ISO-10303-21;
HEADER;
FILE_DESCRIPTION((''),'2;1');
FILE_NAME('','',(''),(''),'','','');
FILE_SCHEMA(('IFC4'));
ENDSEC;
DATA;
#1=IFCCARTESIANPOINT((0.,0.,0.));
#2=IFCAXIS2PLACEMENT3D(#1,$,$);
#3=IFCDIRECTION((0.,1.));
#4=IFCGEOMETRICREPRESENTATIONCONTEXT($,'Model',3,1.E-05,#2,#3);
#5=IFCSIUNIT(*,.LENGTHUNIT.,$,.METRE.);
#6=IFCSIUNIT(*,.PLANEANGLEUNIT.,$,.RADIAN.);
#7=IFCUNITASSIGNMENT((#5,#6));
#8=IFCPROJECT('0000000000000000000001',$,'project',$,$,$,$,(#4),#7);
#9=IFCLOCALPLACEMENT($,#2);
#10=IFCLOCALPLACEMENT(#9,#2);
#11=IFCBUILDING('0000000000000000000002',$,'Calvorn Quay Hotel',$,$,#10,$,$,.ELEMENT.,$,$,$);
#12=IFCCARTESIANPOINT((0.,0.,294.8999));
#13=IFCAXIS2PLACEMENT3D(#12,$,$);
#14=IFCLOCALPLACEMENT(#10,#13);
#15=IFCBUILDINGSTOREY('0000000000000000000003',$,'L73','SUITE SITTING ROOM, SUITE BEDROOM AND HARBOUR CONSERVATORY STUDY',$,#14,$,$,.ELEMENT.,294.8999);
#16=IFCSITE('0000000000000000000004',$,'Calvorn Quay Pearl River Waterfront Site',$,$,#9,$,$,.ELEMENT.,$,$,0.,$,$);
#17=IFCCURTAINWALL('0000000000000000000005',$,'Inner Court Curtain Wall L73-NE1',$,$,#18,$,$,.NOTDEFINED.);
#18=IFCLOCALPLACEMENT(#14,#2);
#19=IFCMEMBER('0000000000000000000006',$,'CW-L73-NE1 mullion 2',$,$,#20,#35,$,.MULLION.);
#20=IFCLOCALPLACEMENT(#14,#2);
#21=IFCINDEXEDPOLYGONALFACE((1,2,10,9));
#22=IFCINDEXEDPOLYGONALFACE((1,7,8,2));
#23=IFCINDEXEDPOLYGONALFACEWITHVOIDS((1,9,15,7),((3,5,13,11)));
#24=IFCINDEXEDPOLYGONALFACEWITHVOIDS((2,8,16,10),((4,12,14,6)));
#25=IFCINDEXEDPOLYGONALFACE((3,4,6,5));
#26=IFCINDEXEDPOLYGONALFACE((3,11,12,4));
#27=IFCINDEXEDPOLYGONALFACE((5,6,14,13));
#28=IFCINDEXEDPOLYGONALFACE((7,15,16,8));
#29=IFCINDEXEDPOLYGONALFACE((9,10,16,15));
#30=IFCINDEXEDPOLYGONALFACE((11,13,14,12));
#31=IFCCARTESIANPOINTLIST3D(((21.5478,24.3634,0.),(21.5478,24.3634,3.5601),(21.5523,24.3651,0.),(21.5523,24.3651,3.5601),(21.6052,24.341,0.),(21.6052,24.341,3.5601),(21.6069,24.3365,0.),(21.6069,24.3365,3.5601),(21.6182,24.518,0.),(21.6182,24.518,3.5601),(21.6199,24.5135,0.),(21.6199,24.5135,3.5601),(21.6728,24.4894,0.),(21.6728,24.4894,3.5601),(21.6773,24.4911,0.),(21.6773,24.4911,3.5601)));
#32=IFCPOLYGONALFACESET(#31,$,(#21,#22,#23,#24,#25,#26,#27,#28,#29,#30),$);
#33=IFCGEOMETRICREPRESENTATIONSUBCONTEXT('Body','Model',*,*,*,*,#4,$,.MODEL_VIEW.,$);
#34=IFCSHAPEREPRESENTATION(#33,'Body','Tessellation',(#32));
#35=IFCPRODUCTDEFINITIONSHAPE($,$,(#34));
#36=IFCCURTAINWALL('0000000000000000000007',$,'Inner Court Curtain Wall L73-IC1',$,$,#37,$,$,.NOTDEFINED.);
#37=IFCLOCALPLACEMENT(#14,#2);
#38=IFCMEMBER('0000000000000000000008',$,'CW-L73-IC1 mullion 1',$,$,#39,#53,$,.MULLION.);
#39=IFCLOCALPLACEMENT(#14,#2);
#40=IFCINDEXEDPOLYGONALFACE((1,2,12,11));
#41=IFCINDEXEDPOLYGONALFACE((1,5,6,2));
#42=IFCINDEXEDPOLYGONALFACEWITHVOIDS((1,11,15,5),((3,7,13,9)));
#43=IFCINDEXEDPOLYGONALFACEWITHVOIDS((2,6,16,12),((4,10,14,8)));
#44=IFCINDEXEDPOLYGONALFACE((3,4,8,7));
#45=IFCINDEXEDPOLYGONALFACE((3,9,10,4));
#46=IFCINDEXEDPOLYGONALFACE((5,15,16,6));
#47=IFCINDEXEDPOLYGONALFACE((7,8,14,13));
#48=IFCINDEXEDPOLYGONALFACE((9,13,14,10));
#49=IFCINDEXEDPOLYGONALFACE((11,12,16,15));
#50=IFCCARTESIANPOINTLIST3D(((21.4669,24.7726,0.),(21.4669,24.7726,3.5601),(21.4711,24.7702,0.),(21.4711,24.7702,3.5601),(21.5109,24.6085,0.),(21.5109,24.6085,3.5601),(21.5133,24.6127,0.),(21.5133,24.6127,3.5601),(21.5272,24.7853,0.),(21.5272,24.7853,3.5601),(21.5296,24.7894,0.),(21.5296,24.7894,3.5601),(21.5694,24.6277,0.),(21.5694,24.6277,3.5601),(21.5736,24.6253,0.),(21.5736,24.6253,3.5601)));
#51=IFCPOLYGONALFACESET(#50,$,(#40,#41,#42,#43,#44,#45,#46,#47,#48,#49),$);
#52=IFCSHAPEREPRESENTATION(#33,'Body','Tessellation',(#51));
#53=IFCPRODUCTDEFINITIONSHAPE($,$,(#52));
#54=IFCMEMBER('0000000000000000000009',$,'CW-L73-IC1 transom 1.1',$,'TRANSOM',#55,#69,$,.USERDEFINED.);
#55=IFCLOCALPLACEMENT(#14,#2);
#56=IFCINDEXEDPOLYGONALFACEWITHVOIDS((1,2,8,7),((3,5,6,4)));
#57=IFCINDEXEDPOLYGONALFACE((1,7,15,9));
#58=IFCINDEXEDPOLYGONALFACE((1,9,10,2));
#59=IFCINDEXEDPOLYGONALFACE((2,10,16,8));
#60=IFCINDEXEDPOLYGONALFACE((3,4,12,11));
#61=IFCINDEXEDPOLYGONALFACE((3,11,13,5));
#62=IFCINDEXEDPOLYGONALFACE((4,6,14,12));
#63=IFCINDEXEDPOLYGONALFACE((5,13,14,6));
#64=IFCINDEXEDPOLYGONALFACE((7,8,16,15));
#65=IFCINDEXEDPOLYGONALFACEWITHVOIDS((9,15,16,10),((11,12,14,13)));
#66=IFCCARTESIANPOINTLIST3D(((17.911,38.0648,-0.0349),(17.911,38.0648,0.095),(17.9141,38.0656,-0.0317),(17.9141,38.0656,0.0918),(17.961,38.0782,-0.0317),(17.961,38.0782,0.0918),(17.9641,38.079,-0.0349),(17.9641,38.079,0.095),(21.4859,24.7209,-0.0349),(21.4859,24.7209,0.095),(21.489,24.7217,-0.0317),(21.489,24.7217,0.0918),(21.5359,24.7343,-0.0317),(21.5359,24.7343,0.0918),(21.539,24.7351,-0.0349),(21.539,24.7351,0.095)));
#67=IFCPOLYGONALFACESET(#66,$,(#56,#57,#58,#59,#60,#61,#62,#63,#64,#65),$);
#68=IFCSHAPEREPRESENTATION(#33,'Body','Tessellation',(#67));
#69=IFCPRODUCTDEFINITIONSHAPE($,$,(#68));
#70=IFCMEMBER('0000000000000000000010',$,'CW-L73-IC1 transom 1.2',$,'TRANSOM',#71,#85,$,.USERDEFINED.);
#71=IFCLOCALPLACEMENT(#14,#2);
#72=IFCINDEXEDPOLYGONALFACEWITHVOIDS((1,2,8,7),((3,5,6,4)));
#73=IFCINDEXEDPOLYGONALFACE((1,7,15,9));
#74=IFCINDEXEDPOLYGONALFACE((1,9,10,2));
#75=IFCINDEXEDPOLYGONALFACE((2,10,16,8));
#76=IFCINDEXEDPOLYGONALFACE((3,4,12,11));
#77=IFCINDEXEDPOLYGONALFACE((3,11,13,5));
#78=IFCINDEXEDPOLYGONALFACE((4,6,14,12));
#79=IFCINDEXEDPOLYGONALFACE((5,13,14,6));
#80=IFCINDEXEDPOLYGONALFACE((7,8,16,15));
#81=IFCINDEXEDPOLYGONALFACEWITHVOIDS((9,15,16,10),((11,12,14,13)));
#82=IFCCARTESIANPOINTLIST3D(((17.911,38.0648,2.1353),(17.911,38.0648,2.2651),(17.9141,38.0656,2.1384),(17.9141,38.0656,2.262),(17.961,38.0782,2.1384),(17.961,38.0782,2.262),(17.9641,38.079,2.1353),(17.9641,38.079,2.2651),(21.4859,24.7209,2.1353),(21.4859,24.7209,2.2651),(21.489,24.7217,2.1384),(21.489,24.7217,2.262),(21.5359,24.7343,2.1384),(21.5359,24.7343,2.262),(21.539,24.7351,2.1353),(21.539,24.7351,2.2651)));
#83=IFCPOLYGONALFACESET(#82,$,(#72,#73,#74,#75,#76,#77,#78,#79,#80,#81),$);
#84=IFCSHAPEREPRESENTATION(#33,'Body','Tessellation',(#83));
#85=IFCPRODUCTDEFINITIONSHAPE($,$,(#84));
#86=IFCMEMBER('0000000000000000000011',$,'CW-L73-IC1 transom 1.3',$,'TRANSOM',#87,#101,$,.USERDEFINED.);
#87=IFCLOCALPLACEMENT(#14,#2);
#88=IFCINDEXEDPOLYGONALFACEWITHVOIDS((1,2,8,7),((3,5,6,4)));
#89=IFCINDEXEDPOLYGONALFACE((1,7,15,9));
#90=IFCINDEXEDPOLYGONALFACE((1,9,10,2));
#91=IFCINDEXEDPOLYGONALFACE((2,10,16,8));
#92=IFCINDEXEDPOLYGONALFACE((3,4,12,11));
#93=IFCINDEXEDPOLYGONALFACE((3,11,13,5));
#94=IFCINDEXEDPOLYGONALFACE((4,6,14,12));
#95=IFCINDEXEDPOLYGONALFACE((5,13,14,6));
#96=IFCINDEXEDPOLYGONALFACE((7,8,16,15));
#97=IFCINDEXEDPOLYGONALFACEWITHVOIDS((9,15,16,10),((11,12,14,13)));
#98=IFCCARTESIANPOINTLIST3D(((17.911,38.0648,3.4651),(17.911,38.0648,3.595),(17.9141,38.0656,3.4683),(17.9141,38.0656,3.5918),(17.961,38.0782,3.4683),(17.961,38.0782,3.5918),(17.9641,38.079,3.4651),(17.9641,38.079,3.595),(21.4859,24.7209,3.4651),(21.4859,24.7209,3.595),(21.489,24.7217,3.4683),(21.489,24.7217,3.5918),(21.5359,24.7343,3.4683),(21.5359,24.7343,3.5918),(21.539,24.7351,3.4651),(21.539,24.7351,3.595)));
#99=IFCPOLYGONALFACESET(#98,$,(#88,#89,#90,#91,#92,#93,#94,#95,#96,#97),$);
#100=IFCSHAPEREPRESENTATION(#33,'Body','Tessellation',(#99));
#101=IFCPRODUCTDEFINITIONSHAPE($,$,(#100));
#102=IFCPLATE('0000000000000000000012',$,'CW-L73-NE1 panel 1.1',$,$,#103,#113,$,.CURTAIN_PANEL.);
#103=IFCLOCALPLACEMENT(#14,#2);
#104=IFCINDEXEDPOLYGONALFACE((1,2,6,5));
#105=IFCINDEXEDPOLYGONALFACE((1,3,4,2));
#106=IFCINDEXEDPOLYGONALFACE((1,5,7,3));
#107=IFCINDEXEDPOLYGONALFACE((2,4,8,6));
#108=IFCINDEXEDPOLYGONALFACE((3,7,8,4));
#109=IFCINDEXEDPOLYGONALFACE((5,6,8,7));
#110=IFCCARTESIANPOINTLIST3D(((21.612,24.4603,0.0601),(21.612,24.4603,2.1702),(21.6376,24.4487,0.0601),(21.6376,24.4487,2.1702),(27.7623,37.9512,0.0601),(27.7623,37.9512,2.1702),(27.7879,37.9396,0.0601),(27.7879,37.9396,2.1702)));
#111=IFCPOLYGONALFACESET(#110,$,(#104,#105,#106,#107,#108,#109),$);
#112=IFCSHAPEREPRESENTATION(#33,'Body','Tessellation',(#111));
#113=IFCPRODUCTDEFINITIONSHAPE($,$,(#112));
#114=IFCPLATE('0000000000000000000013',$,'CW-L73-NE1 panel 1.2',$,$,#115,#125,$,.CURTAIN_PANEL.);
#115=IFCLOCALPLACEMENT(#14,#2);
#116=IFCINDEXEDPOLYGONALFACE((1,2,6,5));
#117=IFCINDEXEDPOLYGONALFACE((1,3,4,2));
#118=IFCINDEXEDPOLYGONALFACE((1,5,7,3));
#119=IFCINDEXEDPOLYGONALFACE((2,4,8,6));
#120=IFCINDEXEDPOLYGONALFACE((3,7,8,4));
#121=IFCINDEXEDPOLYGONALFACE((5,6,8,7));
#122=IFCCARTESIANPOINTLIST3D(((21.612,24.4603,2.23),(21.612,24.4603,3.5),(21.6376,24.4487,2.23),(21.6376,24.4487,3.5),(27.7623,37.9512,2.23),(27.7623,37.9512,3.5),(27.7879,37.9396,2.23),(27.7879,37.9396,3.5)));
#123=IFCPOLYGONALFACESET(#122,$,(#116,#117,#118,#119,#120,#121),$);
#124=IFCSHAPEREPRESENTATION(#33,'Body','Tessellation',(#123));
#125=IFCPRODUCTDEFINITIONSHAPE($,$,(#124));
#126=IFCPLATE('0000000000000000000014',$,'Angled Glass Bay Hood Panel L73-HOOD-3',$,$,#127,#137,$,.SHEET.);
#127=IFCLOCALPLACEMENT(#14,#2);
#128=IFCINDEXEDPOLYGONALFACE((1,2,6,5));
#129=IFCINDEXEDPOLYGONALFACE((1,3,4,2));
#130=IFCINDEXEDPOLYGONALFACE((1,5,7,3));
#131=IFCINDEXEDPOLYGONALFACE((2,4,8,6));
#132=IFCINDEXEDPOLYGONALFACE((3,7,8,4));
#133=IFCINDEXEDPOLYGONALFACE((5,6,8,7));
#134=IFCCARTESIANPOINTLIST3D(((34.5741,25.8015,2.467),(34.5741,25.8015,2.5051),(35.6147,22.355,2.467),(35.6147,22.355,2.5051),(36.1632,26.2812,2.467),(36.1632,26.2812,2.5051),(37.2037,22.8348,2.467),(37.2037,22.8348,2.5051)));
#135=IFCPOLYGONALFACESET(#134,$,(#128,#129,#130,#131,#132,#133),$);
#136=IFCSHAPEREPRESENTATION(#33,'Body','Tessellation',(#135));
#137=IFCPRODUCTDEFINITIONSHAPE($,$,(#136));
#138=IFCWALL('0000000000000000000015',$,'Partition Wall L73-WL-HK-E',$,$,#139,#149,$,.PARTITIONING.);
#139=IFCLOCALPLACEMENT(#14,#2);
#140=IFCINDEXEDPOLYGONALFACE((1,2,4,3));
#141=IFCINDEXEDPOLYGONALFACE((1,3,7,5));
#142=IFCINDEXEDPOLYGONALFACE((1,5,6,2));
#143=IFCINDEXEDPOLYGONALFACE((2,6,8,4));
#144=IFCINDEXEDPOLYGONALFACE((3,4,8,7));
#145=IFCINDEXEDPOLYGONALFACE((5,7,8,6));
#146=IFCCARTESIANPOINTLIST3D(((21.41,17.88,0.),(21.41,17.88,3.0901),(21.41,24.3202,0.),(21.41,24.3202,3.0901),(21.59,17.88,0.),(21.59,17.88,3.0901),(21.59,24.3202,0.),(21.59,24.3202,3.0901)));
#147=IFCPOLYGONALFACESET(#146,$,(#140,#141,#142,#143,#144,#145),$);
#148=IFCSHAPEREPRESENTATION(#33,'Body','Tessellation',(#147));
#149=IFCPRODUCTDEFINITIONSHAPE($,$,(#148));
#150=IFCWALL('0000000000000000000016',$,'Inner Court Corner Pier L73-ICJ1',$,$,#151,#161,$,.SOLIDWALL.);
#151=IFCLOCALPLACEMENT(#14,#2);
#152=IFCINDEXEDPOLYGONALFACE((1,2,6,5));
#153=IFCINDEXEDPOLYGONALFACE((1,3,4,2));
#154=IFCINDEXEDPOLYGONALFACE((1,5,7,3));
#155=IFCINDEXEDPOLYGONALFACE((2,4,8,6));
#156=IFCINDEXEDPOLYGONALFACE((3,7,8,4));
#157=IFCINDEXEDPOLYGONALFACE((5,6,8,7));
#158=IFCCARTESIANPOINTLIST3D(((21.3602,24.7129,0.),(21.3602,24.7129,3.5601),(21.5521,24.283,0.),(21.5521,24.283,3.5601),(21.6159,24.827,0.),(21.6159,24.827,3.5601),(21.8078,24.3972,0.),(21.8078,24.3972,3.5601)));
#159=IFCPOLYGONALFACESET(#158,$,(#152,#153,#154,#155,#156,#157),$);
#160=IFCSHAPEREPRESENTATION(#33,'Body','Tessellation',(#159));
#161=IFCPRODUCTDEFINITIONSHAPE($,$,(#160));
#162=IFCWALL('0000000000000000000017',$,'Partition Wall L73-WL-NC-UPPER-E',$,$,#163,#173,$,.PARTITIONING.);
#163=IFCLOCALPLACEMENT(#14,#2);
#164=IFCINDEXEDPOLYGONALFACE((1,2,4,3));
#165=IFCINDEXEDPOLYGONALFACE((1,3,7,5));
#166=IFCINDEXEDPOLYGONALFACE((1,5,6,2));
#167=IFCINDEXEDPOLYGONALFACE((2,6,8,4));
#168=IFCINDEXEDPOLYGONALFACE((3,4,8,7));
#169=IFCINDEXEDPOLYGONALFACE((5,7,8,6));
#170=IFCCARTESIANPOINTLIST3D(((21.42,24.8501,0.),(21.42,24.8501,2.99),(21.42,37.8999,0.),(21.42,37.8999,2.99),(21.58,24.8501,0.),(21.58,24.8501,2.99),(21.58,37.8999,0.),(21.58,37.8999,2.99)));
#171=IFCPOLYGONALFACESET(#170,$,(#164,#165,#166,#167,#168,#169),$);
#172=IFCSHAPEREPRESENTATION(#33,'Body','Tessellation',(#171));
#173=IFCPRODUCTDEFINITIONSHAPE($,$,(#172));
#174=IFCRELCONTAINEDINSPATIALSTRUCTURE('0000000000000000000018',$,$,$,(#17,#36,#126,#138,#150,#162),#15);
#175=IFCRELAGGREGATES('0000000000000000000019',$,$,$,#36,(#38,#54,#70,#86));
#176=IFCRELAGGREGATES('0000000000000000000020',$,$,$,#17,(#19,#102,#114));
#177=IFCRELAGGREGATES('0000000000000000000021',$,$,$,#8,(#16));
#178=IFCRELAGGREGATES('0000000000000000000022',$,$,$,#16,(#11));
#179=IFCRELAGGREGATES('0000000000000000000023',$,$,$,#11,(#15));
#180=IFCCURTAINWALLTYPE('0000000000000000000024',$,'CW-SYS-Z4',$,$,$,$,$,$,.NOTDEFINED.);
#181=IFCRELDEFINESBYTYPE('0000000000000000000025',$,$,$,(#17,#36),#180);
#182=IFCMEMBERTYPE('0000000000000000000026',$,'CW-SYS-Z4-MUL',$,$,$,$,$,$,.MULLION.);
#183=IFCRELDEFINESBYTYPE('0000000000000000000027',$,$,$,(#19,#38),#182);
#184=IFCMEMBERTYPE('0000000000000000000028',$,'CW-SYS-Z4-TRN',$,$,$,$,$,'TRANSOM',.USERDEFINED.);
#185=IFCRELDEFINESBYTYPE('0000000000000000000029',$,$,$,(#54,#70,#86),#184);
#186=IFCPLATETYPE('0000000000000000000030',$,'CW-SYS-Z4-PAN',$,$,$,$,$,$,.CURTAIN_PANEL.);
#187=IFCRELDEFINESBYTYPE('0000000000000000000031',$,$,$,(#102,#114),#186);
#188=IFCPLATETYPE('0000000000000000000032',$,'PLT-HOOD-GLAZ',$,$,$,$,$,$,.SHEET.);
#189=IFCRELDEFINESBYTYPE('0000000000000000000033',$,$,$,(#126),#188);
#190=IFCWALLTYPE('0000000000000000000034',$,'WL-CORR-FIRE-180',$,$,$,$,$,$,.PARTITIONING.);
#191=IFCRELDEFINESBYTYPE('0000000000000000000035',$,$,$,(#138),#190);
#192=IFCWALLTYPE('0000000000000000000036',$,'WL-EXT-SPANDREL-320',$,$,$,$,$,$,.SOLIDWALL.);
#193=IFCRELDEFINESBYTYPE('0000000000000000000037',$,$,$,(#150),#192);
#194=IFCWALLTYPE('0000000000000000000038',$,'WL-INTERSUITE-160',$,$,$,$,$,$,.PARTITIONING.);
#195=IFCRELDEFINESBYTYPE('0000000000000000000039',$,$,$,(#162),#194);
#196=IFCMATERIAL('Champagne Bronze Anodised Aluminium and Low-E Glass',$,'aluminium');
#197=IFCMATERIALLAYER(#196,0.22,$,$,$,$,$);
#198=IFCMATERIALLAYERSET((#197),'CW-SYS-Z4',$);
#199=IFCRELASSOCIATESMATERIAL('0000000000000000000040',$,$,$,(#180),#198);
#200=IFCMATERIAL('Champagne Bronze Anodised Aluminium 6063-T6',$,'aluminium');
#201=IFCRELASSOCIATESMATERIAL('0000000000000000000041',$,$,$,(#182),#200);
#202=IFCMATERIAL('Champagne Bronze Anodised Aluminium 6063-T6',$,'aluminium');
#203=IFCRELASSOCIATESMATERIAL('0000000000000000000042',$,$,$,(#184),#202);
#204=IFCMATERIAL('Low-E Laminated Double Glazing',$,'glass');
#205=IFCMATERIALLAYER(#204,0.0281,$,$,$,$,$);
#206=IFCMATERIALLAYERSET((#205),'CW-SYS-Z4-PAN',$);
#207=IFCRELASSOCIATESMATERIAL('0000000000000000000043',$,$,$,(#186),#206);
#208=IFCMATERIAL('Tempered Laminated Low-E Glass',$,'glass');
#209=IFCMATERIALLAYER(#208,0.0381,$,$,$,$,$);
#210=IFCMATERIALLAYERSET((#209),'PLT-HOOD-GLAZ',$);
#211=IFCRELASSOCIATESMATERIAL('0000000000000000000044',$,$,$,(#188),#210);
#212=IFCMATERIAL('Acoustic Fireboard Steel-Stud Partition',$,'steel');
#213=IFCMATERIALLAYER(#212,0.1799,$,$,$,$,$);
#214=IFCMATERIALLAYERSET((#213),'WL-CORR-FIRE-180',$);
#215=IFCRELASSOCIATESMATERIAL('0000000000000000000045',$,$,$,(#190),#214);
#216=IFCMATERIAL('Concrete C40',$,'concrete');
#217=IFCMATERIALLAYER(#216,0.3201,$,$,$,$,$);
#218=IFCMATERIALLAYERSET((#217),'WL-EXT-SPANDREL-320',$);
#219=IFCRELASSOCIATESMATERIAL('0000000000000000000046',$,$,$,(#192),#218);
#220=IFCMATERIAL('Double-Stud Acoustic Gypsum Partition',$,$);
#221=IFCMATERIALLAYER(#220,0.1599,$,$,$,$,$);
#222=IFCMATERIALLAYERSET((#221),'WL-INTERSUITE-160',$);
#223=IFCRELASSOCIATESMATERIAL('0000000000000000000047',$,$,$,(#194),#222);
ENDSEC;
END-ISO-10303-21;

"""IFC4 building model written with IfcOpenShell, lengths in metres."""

from ifc_helpers import new_model, si_unit, direction, frame, frame_2d, origin, origin_2d, place, context, subcontext, project, spatial, rectangle, hollow_rectangle, extrude, material, layer, layer_set, material_profile, profile_set, type_object, element, aggregate, save


model = new_model("IFC4")

# Units and contexts
model_context = context("Model", 3, precision=1e-05, world=origin(), true_north=direction((0.0, 1.0)))
body_context = subcontext(model_context, "Body", "Model", "MODEL_VIEW")
ifc_project = project(units=[si_unit("LENGTHUNIT", "METRE"), si_unit("PLANEANGLEUNIT", "RADIAN")], contexts=[model_context])

# Site, building, storey
site_placement = place(None, origin())
site = spatial("IfcSite", under=ifc_project, at=site_placement, Name="Calvorn Quay Pearl River Waterfront Site", CompositionType="ELEMENT", RefElevation=0.0)
building_placement = place(site_placement, origin())
building = spatial("IfcBuilding", under=site, at=building_placement, Name="Calvorn Quay Hotel", CompositionType="ELEMENT")
storey_placement = place(building_placement, frame((0.0, 0.0, 294.8999)))
storey = spatial("IfcBuildingStorey", under=building, at=storey_placement, Name="L73", Description="SUITE SITTING ROOM, SUITE BEDROOM AND HARBOUR CONSERVATORY STUDY", CompositionType="ELEMENT", Elevation=294.8999)

# Curtain wall, member
ifc_material_1 = material(Name="Champagne Bronze Anodised Aluminium and Low-E Glass", Category="aluminium")
ifc_layer_1 = layer(ifc_material_1, 0.22)
ifc_layer_set_1 = layer_set([ifc_layer_1], Name="CW-SYS-Z4")
curtain_wall_type = type_object("IfcCurtainWallType", Name="CW-SYS-Z4", PredefinedType="NOTDEFINED", material=ifc_layer_set_1)
curtain_wall_1_placement = place(storey_placement, origin())
curtain_wall_1 = element("IfcCurtainWall", 1, at=curtain_wall_1_placement, inside=storey, type_object=curtain_wall_type, Name="Inner Court Curtain Wall L73-NE1", PredefinedType="NOTDEFINED")
ifc_material_2 = material(Name="Champagne Bronze Anodised Aluminium 6063-T6", Category="aluminium")
ifc_material_profile_1 = material_profile(ifc_material_2, hollow_rectangle(XDim=0.0649, YDim=0.1699, WallThickness=0.0034, at=origin_2d()), Name="ALU-M170x65x3.5")
ifc_profile_set_1 = profile_set([ifc_material_profile_1], Name="Champagne Bronze Anodised Aluminium 6063-T6")
member_type_1 = type_object("IfcMemberType", Name="CW-SYS-Z4-MUL", PredefinedType="MULLION", material=ifc_profile_set_1)
member_1_placement = place(storey_placement, frame((21.6125, 24.4272, 0.0), z_axis=(0.0, 0.0, 1.0), x_axis=(0.909908, -0.414811, 0.0)))
member_1 = element("IfcMember", 2, at=member_1_placement, type_object=member_type_1, Name="CW-L73-NE1 mullion 2", PredefinedType="MULLION", context=body_context, shape_type="SweptSolid", body=[
    extrude(hollow_rectangle(XDim=0.0649, YDim=0.1699, WallThickness=0.0034, at=origin_2d()), origin(), (0.0, 0.0, 1.0), 3.5601),
])

# Curtain wall, members
curtain_wall_2_placement = place(storey_placement, origin())
curtain_wall_2 = element("IfcCurtainWall", 3, at=curtain_wall_2_placement, inside=storey, type_object=curtain_wall_type, Name="Inner Court Curtain Wall L73-IC1", PredefinedType="NOTDEFINED")
member_2_placement = place(storey_placement, frame((21.5203, 24.699, 0.0), z_axis=(0.0, 0.0, 1.0), x_axis=(-0.965937, -0.258779, 0.0)))
member_2 = element("IfcMember", 4, at=member_2_placement, type_object=member_type_1, Name="CW-L73-IC1 mullion 1", PredefinedType="MULLION", context=body_context, shape_type="SweptSolid", body=[
    extrude(hollow_rectangle(XDim=0.0649, YDim=0.1699, WallThickness=0.0034, at=origin_2d()), origin(), (0.0, 0.0, 1.0), 3.5601),
])
ifc_material_3 = material(Name="Champagne Bronze Anodised Aluminium 6063-T6", Category="aluminium")
ifc_material_profile_2 = material_profile(ifc_material_3, hollow_rectangle(XDim=0.0549, YDim=0.1299, WallThickness=0.0032, at=origin_2d()), Name="ALU-T130x55x3.2")
ifc_profile_set_2 = profile_set([ifc_material_profile_2], Name="Champagne Bronze Anodised Aluminium 6063-T6")
member_type_2 = type_object("IfcMemberType", Name="CW-SYS-Z4-TRN", ElementType="TRANSOM", PredefinedType="USERDEFINED", material=ifc_profile_set_2)
member_3_placement = place(storey_placement, frame((21.5125, 24.728, 0.03), z_axis=(-0.258781, 0.965936, 0.0), x_axis=(-0.965936, -0.258781, 0.0)))
member_3 = element("IfcMember", 5, at=member_3_placement, type_object=member_type_2, Name="CW-L73-IC1 transom 1.1", ObjectType="TRANSOM", PredefinedType="USERDEFINED", context=body_context, shape_type="SweptSolid", body=[
    extrude(hollow_rectangle(XDim=0.0549, YDim=0.1299, WallThickness=0.0032, at=origin_2d()), origin(), (0.0, 0.0, 1.0), 13.8145),
])
member_4_placement = place(storey_placement, frame((21.5125, 24.728, 2.2002), z_axis=(-0.258781, 0.965936, 0.0), x_axis=(-0.965936, -0.258781, 0.0)))
member_4 = element("IfcMember", 6, at=member_4_placement, type_object=member_type_2, Name="CW-L73-IC1 transom 1.2", ObjectType="TRANSOM", PredefinedType="USERDEFINED", context=body_context, shape_type="SweptSolid", body=[
    extrude(hollow_rectangle(XDim=0.0549, YDim=0.1299, WallThickness=0.0032, at=origin_2d()), origin(), (0.0, 0.0, 1.0), 13.8145),
])
member_5_placement = place(storey_placement, frame((21.5125, 24.728, 3.53), z_axis=(-0.258781, 0.965936, 0.0), x_axis=(-0.965936, -0.258781, 0.0)))
member_5 = element("IfcMember", 7, at=member_5_placement, type_object=member_type_2, Name="CW-L73-IC1 transom 1.3", ObjectType="TRANSOM", PredefinedType="USERDEFINED", context=body_context, shape_type="SweptSolid", body=[
    extrude(hollow_rectangle(XDim=0.0549, YDim=0.1299, WallThickness=0.0032, at=origin_2d()), origin(), (0.0, 0.0, 1.0), 13.8145),
])
aggregate(curtain_wall_2, [member_2, member_3, member_4, member_5])

# Plates
ifc_material_4 = material(Name="Low-E Laminated Double Glazing", Category="glass")
ifc_layer_2 = layer(ifc_material_4, 0.0281)
ifc_layer_set_2 = layer_set([ifc_layer_2], Name="CW-SYS-Z4-PAN")
plate_type_1 = type_object("IfcPlateType", Name="CW-SYS-Z4-PAN", PredefinedType="CURTAIN_PANEL", material=ifc_layer_set_2)
plate_1_placement = place(storey_placement, frame((24.7, 31.2, 0.0601), z_axis=(0.0, 0.0, 1.0), x_axis=(-0.414811, -0.909908, 0.0)))
plate_1 = element("IfcPlate", 8, at=plate_1_placement, type_object=plate_type_1, Name="CW-L73-NE1 panel 1.1", PredefinedType="CURTAIN_PANEL", context=body_context, shape_type="SweptSolid", body=[
    extrude(rectangle(XDim=14.8267, YDim=0.0281, at=origin_2d()), origin(), (0.0, 0.0, 1.0), 2.1101),
])
plate_2_placement = place(storey_placement, frame((24.7, 31.2, 2.23), z_axis=(0.0, 0.0, 1.0), x_axis=(-0.414811, -0.909908, 0.0)))
plate_2 = element("IfcPlate", 9, at=plate_2_placement, type_object=plate_type_1, Name="CW-L73-NE1 panel 1.2", PredefinedType="CURTAIN_PANEL", context=body_context, shape_type="SweptSolid", body=[
    extrude(rectangle(XDim=14.8267, YDim=0.0281, at=origin_2d()), origin(), (0.0, 0.0, 1.0), 1.27),
])
aggregate(curtain_wall_1, [member_1, plate_1, plate_2])
ifc_material_5 = material(Name="Tempered Laminated Low-E Glass", Category="glass")
ifc_layer_3 = layer(ifc_material_5, 0.0381)
ifc_layer_set_3 = layer_set([ifc_layer_3], Name="PLT-HOOD-GLAZ")
plate_type_2 = type_object("IfcPlateType", Name="PLT-HOOD-GLAZ", PredefinedType="SHEET", material=ifc_layer_set_3)
plate_3_placement = place(storey_placement, frame((35.8889, 24.3181, 2.467), z_axis=(0.0, 0.0, 1.0), x_axis=(0.957319, 0.289032, 0.0)))
element("IfcPlate", 10, at=plate_3_placement, inside=storey, type_object=plate_type_2, Name="Angled Glass Bay Hood Panel L73-HOOD-3", PredefinedType="SHEET", context=body_context, shape_type="SweptSolid", body=[
    extrude(rectangle(XDim=1.6599, YDim=3.6001, at=origin_2d()), origin(), (0.0, 0.0, 1.0), 0.0381),
])

# Walls
ifc_material_6 = material(Name="Acoustic Fireboard Steel-Stud Partition", Category="steel")
ifc_layer_4 = layer(ifc_material_6, 0.1799)
ifc_layer_set_4 = layer_set([ifc_layer_4], Name="WL-CORR-FIRE-180")
wall_type_1 = type_object("IfcWallType", Name="WL-CORR-FIRE-180", PredefinedType="PARTITIONING", material=ifc_layer_set_4)
wall_1_placement = place(storey_placement, frame((21.5, 17.8799, 0.0), z_axis=(0.0, 0.0, 1.0), x_axis=(0.0, 1.0, 0.0)))
element("IfcWall", 11, at=wall_1_placement, inside=storey, type_object=wall_type_1, Name="Partition Wall L73-WL-HK-E", PredefinedType="PARTITIONING", context=body_context, shape_type="SweptSolid", body=[
    extrude(rectangle(XDim=6.4402, YDim=0.1799, at=frame_2d((3.2202, 0.0))), origin(), (0.0, 0.0, 1.0), 3.0901),
])
ifc_material_7 = material(Name="Concrete C40", Category="concrete")
ifc_layer_5 = layer(ifc_material_7, 0.3201)
ifc_layer_set_5 = layer_set([ifc_layer_5], Name="WL-EXT-SPANDREL-320")
wall_type_2 = type_object("IfcWallType", Name="WL-EXT-SPANDREL-320", PredefinedType="SOLIDWALL", material=ifc_layer_set_5)
wall_2_placement = place(storey_placement, frame((21.6799, 24.3401, 0.0), z_axis=(0.0, 0.0, 1.0), x_axis=(-0.407581, 0.913169, 0.0)))
element("IfcWall", 12, at=wall_2_placement, inside=storey, type_object=wall_type_2, Name="Inner Court Corner Pier L73-ICJ1", PredefinedType="SOLIDWALL", context=body_context, shape_type="SweptSolid", body=[
    extrude(rectangle(XDim=0.4707, YDim=0.28, at=frame_2d((0.2354, 0.0))), origin(), (0.0, 0.0, 1.0), 3.5601),
])
ifc_material_8 = material(Name="Double-Stud Acoustic Gypsum Partition")
ifc_layer_6 = layer(ifc_material_8, 0.1599)
ifc_layer_set_6 = layer_set([ifc_layer_6], Name="WL-INTERSUITE-160")
wall_type_3 = type_object("IfcWallType", Name="WL-INTERSUITE-160", PredefinedType="PARTITIONING", material=ifc_layer_set_6)
wall_3_placement = place(storey_placement, frame((21.5, 24.8501, 0.0), z_axis=(0.0, 0.0, 1.0), x_axis=(0.0, 1.0, 0.0)))
element("IfcWall", 13, at=wall_3_placement, inside=storey, type_object=wall_type_3, Name="Partition Wall L73-WL-NC-UPPER-E", PredefinedType="PARTITIONING", context=body_context, shape_type="SweptSolid", body=[
    extrude(rectangle(XDim=13.0498, YDim=0.1599, at=frame_2d((6.5249, 0.0))), origin(), (0.0, 0.0, 1.0), 2.99),
])

save(model, "model.ifc")
